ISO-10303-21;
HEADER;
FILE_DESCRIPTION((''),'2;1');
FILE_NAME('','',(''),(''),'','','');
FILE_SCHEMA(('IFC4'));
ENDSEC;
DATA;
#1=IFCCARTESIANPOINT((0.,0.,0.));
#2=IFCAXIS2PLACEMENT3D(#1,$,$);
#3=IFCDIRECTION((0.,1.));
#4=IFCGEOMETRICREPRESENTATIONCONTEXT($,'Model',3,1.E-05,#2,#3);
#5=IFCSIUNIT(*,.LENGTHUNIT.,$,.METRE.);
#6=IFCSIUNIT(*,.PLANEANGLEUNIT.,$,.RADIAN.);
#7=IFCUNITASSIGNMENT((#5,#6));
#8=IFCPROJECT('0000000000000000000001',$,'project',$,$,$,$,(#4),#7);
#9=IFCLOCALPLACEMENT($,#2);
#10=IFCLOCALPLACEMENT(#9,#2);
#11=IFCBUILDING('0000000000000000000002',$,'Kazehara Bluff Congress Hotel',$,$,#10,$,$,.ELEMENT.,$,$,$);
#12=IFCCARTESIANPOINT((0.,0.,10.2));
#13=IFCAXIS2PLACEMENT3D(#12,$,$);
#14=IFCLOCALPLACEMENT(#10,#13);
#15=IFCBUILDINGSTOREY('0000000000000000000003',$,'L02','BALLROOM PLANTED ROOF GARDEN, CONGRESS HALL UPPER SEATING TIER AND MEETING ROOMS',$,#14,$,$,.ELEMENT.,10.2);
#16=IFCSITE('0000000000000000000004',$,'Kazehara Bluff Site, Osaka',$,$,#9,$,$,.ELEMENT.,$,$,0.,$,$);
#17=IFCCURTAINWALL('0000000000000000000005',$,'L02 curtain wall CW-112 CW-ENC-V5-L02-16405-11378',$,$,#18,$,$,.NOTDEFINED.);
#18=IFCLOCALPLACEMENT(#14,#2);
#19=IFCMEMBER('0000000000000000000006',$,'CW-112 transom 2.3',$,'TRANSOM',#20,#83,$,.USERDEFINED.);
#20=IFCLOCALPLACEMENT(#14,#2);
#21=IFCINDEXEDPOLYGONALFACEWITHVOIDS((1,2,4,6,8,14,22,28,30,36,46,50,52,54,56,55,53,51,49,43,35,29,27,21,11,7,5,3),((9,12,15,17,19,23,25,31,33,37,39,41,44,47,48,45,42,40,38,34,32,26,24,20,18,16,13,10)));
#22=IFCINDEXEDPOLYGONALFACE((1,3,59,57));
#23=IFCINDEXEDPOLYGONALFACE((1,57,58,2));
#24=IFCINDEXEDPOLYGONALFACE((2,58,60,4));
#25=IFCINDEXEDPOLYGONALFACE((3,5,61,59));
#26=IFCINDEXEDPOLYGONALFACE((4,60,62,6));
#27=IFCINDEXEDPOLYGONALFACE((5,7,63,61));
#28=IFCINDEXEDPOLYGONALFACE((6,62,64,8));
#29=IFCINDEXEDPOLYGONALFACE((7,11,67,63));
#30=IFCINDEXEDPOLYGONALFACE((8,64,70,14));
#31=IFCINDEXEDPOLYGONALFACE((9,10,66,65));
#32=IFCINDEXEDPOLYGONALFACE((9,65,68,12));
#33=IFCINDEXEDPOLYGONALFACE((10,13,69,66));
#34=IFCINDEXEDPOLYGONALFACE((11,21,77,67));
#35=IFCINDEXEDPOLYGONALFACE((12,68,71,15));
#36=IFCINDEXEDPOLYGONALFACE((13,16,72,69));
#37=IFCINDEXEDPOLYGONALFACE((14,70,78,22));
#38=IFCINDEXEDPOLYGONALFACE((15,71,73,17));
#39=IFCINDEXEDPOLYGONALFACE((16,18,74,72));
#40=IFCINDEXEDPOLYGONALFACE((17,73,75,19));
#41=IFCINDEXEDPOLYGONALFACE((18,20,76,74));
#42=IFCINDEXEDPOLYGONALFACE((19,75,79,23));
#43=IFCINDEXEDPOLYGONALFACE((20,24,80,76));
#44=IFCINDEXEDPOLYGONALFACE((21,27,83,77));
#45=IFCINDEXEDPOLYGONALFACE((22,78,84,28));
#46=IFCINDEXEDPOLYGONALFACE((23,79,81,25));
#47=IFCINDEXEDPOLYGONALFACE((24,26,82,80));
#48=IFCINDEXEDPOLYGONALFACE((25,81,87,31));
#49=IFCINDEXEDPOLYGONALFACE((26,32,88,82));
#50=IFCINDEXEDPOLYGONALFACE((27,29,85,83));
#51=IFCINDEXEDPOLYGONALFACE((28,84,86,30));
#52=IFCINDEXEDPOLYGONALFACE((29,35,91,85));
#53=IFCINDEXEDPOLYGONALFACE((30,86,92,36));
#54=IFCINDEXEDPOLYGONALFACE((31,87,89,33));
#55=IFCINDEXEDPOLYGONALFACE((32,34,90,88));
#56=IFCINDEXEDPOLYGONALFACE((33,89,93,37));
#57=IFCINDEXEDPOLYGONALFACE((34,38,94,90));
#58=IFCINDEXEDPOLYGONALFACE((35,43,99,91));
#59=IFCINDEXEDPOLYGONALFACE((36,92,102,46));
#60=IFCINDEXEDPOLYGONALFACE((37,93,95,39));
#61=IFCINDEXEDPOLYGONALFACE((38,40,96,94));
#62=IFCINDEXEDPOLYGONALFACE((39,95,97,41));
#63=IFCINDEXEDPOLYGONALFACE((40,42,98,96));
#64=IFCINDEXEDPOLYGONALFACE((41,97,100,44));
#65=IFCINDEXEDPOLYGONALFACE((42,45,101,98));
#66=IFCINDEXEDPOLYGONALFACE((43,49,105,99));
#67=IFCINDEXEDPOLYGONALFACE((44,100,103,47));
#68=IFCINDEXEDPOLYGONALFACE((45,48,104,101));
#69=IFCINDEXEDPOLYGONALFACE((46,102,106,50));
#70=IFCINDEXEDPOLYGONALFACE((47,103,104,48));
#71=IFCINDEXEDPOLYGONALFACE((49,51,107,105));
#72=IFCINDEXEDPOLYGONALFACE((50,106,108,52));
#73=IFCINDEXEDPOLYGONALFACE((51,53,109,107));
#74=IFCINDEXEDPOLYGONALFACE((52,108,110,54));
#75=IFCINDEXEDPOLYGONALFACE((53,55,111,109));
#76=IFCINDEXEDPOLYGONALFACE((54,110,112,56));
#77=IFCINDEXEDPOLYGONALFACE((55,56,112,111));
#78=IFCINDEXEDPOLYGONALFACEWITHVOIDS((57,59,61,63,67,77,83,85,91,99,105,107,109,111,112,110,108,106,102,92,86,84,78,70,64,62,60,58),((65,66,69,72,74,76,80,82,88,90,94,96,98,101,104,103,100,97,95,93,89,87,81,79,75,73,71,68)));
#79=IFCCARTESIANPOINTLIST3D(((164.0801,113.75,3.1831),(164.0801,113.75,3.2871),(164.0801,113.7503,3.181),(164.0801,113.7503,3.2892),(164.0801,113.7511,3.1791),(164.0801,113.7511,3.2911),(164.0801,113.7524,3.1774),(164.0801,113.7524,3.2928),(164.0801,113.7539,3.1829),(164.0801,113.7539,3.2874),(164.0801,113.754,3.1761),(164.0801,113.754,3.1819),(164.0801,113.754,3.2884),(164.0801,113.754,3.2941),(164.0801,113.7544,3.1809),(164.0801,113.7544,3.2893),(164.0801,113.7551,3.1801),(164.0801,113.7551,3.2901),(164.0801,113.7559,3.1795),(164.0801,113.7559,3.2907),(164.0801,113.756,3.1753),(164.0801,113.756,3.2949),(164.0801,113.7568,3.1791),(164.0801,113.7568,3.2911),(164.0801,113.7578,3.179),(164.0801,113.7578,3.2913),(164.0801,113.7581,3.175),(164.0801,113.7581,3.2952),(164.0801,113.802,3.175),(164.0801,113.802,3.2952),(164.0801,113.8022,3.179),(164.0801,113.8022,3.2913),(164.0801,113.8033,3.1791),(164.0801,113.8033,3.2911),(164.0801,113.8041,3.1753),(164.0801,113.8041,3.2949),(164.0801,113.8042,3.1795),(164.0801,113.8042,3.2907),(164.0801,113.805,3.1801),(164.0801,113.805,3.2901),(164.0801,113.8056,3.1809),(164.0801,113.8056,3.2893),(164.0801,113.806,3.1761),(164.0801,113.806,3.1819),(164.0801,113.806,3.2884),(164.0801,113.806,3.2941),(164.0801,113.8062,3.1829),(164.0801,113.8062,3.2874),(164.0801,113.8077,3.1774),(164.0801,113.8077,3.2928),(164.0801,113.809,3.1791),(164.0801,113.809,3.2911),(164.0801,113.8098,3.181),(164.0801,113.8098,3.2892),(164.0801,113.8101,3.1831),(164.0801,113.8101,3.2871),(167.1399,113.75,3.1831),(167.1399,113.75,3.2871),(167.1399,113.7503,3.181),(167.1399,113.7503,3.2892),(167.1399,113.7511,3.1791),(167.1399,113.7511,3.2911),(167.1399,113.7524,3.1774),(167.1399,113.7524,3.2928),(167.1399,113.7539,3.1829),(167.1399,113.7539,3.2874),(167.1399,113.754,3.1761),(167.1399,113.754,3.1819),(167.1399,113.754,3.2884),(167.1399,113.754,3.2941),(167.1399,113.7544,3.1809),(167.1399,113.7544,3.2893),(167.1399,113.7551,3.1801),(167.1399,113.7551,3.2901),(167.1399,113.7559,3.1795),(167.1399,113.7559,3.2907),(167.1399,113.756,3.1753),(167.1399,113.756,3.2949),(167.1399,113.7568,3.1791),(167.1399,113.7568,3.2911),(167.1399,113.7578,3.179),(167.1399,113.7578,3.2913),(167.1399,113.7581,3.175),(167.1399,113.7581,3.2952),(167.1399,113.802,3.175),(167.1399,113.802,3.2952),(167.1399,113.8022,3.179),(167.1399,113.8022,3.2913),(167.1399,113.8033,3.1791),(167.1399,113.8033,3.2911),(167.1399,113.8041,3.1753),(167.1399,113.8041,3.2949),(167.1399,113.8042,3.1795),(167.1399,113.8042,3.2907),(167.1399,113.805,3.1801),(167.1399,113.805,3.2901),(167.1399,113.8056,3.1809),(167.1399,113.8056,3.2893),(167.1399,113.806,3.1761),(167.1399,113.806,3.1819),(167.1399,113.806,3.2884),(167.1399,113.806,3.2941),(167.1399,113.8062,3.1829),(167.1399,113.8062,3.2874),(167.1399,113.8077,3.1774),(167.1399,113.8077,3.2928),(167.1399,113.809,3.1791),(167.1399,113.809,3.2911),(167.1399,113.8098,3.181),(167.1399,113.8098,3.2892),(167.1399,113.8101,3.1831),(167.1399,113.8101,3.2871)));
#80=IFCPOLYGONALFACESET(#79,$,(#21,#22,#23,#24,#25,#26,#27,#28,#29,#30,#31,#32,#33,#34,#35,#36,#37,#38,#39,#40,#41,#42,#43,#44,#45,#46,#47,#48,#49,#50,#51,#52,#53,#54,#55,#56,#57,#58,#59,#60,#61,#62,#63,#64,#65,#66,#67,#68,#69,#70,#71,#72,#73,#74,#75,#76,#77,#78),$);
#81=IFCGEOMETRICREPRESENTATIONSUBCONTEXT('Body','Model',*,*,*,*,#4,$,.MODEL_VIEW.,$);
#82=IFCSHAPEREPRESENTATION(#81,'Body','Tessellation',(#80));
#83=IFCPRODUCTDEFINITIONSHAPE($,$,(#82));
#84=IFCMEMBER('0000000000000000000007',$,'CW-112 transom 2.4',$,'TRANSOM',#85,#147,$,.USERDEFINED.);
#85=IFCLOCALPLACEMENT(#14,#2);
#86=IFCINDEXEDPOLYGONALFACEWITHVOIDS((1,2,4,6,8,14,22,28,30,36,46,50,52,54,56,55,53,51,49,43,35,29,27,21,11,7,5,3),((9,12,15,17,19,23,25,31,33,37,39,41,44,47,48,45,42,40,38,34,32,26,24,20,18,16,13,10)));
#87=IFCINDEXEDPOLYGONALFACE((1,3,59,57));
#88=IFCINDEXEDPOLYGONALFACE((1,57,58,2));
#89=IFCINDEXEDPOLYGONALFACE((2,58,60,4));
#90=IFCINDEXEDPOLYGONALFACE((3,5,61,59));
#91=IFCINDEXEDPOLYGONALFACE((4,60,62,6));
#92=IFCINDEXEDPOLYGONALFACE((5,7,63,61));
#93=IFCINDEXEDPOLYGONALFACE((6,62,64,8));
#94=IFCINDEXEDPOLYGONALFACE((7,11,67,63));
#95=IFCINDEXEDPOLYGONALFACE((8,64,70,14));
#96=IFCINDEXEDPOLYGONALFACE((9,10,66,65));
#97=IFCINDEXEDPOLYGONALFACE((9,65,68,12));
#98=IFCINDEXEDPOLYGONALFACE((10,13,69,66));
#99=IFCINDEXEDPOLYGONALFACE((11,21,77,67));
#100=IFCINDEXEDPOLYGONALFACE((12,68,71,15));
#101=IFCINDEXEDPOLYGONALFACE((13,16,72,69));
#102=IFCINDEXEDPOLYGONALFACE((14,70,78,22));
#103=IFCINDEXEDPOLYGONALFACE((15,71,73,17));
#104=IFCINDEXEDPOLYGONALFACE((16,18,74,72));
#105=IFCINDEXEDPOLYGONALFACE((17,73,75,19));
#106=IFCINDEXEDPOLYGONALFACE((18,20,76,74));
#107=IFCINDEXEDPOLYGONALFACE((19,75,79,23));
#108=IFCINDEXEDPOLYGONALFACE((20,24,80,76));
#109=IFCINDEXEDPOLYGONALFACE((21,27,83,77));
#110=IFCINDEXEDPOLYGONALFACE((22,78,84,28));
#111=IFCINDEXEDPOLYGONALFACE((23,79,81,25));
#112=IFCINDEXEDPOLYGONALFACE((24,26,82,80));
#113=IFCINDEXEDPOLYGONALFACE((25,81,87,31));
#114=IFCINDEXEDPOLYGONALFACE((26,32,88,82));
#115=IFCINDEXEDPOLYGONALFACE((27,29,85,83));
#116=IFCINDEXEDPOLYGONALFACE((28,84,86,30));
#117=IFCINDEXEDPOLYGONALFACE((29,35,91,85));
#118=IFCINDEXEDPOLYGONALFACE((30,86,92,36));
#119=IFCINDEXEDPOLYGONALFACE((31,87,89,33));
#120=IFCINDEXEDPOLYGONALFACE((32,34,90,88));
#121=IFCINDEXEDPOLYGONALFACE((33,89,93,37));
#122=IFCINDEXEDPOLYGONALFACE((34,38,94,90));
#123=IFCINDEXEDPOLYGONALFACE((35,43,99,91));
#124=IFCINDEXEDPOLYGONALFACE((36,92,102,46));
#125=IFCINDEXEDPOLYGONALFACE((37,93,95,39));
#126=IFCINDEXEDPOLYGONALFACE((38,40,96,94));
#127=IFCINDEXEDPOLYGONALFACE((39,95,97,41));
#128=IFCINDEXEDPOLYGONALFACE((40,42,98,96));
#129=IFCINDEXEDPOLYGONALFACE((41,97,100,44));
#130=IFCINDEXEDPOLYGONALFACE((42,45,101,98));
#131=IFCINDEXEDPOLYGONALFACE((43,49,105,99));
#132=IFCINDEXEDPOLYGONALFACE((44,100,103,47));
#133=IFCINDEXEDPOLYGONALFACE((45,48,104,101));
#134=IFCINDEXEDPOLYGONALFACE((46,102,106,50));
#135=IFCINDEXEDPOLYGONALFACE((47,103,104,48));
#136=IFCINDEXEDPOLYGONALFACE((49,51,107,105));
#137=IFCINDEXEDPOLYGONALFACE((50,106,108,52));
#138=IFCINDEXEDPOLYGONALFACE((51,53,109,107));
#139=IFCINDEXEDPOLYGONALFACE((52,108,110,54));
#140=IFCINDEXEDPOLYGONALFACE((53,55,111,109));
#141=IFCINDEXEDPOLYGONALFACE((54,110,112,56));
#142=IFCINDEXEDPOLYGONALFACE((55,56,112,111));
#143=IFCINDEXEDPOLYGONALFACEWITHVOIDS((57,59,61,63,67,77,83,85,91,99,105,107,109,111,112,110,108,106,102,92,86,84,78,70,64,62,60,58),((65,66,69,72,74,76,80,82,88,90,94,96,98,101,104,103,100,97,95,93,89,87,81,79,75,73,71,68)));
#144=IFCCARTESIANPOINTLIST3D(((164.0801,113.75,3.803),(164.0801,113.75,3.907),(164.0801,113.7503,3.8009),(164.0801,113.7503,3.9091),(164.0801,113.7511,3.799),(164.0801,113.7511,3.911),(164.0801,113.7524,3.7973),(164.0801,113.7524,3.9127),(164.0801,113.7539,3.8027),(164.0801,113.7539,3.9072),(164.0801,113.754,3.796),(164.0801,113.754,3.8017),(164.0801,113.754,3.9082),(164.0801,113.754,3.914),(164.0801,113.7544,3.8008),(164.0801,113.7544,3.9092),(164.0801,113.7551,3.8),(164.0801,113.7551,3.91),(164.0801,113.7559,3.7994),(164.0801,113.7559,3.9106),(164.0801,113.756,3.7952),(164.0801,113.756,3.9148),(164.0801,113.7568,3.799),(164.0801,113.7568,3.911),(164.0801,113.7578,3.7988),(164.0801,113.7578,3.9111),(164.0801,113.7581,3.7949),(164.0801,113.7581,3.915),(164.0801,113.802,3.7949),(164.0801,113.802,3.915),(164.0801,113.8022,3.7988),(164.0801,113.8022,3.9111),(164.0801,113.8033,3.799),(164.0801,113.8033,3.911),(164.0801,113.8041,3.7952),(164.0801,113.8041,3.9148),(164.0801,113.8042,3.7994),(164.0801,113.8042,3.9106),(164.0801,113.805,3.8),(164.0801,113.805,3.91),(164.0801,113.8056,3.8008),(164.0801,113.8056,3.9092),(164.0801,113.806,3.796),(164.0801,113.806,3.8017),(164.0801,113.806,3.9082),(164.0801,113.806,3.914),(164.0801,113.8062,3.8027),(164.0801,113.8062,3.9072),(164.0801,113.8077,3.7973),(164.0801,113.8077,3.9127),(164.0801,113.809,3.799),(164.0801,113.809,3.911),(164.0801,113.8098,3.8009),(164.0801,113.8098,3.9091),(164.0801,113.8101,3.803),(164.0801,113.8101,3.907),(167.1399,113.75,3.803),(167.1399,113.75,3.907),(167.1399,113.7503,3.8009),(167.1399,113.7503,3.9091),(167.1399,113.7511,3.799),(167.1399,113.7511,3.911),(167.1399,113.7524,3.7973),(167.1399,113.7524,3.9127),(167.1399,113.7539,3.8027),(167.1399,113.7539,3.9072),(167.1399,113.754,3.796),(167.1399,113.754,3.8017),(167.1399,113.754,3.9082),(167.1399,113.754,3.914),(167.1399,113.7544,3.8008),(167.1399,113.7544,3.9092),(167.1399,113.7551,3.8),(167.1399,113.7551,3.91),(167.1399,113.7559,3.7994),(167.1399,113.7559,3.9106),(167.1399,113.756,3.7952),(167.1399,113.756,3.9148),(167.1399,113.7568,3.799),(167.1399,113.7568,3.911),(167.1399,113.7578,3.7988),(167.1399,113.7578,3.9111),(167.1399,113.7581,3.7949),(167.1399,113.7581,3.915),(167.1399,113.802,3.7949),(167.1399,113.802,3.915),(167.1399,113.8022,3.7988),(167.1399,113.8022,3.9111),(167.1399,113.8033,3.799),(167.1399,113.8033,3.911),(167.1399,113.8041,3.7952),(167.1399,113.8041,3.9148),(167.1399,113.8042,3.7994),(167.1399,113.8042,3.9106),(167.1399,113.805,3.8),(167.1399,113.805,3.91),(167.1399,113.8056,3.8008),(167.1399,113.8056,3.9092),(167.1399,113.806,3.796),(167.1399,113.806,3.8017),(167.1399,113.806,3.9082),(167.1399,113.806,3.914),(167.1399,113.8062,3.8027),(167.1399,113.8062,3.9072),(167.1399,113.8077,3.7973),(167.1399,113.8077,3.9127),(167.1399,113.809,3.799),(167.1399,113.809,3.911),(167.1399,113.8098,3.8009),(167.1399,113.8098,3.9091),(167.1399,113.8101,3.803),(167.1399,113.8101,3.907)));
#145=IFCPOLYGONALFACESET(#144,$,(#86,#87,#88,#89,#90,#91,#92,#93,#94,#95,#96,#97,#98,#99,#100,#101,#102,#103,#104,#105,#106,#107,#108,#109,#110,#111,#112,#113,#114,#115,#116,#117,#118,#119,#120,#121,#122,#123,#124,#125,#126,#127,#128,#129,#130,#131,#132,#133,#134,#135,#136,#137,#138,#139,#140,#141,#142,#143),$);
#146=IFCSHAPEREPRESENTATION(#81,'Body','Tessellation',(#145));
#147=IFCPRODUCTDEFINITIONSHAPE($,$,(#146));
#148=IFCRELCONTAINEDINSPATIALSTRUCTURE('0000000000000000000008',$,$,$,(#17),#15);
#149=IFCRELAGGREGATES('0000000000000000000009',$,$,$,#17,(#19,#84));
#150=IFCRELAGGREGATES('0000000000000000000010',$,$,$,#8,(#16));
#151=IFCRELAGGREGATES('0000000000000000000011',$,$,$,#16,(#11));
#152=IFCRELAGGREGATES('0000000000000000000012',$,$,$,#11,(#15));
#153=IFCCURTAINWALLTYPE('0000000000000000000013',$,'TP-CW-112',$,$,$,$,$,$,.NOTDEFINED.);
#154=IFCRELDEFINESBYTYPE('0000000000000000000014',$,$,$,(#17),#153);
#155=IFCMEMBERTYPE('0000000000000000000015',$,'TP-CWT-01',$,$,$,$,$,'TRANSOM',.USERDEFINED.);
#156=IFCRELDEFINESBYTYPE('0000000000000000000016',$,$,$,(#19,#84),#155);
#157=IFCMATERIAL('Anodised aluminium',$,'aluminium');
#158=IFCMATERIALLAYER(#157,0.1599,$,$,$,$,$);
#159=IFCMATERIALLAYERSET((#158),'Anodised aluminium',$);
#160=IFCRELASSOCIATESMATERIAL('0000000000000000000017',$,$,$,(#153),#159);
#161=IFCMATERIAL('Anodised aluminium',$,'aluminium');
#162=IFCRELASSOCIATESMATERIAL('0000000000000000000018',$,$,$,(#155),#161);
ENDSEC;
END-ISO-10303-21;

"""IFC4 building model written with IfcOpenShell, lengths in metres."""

from ifc_helpers import new_model, si_unit, direction, frame, origin, origin_2d, place, context, subcontext, project, spatial, hollow_rectangle, extrude, material, layer, layer_set, material_profile, profile_set, type_object, element, aggregate, save


model = new_model("IFC4")

# Units and contexts
model_context = context("Model", 3, precision=1e-05, world=origin(), true_north=direction((0.0, 1.0)))
body_context = subcontext(model_context, "Body", "Model", "MODEL_VIEW")
ifc_project = project(units=[si_unit("LENGTHUNIT", "METRE"), si_unit("PLANEANGLEUNIT", "RADIAN")], contexts=[model_context])

# Site, building, storey
site_placement = place(None, origin())
site = spatial("IfcSite", under=ifc_project, at=site_placement, Name="Kazehara Bluff Site, Osaka", CompositionType="ELEMENT", RefElevation=0.0)
building_placement = place(site_placement, origin())
building = spatial("IfcBuilding", under=site, at=building_placement, Name="Kazehara Bluff Congress Hotel", CompositionType="ELEMENT")
storey_placement = place(building_placement, frame((0.0, 0.0, 10.2)))
storey = spatial("IfcBuildingStorey", under=building, at=storey_placement, Name="L02", Description="BALLROOM PLANTED ROOF GARDEN, CONGRESS HALL UPPER SEATING TIER AND MEETING ROOMS", CompositionType="ELEMENT", Elevation=10.2)

# Curtain wall
ifc_material_1 = material(Name="Anodised aluminium", Category="aluminium")
ifc_layer_1 = layer(ifc_material_1, 0.1599)
ifc_layer_set_1 = layer_set([ifc_layer_1], Name="Anodised aluminium")
curtain_wall_type_1 = type_object("IfcCurtainWallType", Name="TP-CW-112", PredefinedType="NOTDEFINED", material=ifc_layer_set_1)
curtain_wall_1_placement = place(storey_placement, origin())
curtain_wall_1 = element("IfcCurtainWall", 1, at=curtain_wall_1_placement, inside=storey, type_object=curtain_wall_type_1, Name="L02 curtain wall CW-112 CW-ENC-V5-L02-16405-11378", PredefinedType="NOTDEFINED")

# Members
ifc_material_2 = material(Name="Anodised aluminium", Category="aluminium")
ifc_material_profile_1 = material_profile(ifc_material_2, hollow_rectangle(XDim=0.0601, YDim=0.1201, WallThickness=0.0039, InnerFilletRadius=0.0039, OuterFilletRadius=0.0081, at=origin_2d()))
ifc_profile_set_1 = profile_set([ifc_material_profile_1], Name="Anodised aluminium")
member_type_1 = type_object("IfcMemberType", Name="TP-CWT-01", ElementType="TRANSOM", PredefinedType="USERDEFINED", material=ifc_profile_set_1)
member_1_placement = place(storey_placement, frame((164.0801, 113.78, 3.2351), z_axis=(1.0, 0.0, 0.0), x_axis=(0.0, 1.0, 0.0)))
member_1 = element("IfcMember", 2, at=member_1_placement, type_object=member_type_1, Name="CW-112 transom 2.3", ObjectType="TRANSOM", PredefinedType="USERDEFINED", context=body_context, shape_type="SweptSolid", body=[
    extrude(hollow_rectangle(XDim=0.0601, YDim=0.1201, WallThickness=0.0039, InnerFilletRadius=0.0039, OuterFilletRadius=0.0081, at=origin_2d()), origin(), (0.0, 0.0, 1.0), 3.0598),
])
member_2_placement = place(storey_placement, frame((164.0801, 113.78, 3.855), z_axis=(1.0, 0.0, 0.0), x_axis=(0.0, 1.0, 0.0)))
member_2 = element("IfcMember", 3, at=member_2_placement, type_object=member_type_1, Name="CW-112 transom 2.4", ObjectType="TRANSOM", PredefinedType="USERDEFINED", context=body_context, shape_type="SweptSolid", body=[
    extrude(hollow_rectangle(XDim=0.0601, YDim=0.1201, WallThickness=0.0039, InnerFilletRadius=0.0039, OuterFilletRadius=0.0081, at=origin_2d()), origin(), (0.0, 0.0, 1.0), 3.0598),
])

aggregate(curtain_wall_1, [member_1, member_2])

save(model, "model.ifc")
